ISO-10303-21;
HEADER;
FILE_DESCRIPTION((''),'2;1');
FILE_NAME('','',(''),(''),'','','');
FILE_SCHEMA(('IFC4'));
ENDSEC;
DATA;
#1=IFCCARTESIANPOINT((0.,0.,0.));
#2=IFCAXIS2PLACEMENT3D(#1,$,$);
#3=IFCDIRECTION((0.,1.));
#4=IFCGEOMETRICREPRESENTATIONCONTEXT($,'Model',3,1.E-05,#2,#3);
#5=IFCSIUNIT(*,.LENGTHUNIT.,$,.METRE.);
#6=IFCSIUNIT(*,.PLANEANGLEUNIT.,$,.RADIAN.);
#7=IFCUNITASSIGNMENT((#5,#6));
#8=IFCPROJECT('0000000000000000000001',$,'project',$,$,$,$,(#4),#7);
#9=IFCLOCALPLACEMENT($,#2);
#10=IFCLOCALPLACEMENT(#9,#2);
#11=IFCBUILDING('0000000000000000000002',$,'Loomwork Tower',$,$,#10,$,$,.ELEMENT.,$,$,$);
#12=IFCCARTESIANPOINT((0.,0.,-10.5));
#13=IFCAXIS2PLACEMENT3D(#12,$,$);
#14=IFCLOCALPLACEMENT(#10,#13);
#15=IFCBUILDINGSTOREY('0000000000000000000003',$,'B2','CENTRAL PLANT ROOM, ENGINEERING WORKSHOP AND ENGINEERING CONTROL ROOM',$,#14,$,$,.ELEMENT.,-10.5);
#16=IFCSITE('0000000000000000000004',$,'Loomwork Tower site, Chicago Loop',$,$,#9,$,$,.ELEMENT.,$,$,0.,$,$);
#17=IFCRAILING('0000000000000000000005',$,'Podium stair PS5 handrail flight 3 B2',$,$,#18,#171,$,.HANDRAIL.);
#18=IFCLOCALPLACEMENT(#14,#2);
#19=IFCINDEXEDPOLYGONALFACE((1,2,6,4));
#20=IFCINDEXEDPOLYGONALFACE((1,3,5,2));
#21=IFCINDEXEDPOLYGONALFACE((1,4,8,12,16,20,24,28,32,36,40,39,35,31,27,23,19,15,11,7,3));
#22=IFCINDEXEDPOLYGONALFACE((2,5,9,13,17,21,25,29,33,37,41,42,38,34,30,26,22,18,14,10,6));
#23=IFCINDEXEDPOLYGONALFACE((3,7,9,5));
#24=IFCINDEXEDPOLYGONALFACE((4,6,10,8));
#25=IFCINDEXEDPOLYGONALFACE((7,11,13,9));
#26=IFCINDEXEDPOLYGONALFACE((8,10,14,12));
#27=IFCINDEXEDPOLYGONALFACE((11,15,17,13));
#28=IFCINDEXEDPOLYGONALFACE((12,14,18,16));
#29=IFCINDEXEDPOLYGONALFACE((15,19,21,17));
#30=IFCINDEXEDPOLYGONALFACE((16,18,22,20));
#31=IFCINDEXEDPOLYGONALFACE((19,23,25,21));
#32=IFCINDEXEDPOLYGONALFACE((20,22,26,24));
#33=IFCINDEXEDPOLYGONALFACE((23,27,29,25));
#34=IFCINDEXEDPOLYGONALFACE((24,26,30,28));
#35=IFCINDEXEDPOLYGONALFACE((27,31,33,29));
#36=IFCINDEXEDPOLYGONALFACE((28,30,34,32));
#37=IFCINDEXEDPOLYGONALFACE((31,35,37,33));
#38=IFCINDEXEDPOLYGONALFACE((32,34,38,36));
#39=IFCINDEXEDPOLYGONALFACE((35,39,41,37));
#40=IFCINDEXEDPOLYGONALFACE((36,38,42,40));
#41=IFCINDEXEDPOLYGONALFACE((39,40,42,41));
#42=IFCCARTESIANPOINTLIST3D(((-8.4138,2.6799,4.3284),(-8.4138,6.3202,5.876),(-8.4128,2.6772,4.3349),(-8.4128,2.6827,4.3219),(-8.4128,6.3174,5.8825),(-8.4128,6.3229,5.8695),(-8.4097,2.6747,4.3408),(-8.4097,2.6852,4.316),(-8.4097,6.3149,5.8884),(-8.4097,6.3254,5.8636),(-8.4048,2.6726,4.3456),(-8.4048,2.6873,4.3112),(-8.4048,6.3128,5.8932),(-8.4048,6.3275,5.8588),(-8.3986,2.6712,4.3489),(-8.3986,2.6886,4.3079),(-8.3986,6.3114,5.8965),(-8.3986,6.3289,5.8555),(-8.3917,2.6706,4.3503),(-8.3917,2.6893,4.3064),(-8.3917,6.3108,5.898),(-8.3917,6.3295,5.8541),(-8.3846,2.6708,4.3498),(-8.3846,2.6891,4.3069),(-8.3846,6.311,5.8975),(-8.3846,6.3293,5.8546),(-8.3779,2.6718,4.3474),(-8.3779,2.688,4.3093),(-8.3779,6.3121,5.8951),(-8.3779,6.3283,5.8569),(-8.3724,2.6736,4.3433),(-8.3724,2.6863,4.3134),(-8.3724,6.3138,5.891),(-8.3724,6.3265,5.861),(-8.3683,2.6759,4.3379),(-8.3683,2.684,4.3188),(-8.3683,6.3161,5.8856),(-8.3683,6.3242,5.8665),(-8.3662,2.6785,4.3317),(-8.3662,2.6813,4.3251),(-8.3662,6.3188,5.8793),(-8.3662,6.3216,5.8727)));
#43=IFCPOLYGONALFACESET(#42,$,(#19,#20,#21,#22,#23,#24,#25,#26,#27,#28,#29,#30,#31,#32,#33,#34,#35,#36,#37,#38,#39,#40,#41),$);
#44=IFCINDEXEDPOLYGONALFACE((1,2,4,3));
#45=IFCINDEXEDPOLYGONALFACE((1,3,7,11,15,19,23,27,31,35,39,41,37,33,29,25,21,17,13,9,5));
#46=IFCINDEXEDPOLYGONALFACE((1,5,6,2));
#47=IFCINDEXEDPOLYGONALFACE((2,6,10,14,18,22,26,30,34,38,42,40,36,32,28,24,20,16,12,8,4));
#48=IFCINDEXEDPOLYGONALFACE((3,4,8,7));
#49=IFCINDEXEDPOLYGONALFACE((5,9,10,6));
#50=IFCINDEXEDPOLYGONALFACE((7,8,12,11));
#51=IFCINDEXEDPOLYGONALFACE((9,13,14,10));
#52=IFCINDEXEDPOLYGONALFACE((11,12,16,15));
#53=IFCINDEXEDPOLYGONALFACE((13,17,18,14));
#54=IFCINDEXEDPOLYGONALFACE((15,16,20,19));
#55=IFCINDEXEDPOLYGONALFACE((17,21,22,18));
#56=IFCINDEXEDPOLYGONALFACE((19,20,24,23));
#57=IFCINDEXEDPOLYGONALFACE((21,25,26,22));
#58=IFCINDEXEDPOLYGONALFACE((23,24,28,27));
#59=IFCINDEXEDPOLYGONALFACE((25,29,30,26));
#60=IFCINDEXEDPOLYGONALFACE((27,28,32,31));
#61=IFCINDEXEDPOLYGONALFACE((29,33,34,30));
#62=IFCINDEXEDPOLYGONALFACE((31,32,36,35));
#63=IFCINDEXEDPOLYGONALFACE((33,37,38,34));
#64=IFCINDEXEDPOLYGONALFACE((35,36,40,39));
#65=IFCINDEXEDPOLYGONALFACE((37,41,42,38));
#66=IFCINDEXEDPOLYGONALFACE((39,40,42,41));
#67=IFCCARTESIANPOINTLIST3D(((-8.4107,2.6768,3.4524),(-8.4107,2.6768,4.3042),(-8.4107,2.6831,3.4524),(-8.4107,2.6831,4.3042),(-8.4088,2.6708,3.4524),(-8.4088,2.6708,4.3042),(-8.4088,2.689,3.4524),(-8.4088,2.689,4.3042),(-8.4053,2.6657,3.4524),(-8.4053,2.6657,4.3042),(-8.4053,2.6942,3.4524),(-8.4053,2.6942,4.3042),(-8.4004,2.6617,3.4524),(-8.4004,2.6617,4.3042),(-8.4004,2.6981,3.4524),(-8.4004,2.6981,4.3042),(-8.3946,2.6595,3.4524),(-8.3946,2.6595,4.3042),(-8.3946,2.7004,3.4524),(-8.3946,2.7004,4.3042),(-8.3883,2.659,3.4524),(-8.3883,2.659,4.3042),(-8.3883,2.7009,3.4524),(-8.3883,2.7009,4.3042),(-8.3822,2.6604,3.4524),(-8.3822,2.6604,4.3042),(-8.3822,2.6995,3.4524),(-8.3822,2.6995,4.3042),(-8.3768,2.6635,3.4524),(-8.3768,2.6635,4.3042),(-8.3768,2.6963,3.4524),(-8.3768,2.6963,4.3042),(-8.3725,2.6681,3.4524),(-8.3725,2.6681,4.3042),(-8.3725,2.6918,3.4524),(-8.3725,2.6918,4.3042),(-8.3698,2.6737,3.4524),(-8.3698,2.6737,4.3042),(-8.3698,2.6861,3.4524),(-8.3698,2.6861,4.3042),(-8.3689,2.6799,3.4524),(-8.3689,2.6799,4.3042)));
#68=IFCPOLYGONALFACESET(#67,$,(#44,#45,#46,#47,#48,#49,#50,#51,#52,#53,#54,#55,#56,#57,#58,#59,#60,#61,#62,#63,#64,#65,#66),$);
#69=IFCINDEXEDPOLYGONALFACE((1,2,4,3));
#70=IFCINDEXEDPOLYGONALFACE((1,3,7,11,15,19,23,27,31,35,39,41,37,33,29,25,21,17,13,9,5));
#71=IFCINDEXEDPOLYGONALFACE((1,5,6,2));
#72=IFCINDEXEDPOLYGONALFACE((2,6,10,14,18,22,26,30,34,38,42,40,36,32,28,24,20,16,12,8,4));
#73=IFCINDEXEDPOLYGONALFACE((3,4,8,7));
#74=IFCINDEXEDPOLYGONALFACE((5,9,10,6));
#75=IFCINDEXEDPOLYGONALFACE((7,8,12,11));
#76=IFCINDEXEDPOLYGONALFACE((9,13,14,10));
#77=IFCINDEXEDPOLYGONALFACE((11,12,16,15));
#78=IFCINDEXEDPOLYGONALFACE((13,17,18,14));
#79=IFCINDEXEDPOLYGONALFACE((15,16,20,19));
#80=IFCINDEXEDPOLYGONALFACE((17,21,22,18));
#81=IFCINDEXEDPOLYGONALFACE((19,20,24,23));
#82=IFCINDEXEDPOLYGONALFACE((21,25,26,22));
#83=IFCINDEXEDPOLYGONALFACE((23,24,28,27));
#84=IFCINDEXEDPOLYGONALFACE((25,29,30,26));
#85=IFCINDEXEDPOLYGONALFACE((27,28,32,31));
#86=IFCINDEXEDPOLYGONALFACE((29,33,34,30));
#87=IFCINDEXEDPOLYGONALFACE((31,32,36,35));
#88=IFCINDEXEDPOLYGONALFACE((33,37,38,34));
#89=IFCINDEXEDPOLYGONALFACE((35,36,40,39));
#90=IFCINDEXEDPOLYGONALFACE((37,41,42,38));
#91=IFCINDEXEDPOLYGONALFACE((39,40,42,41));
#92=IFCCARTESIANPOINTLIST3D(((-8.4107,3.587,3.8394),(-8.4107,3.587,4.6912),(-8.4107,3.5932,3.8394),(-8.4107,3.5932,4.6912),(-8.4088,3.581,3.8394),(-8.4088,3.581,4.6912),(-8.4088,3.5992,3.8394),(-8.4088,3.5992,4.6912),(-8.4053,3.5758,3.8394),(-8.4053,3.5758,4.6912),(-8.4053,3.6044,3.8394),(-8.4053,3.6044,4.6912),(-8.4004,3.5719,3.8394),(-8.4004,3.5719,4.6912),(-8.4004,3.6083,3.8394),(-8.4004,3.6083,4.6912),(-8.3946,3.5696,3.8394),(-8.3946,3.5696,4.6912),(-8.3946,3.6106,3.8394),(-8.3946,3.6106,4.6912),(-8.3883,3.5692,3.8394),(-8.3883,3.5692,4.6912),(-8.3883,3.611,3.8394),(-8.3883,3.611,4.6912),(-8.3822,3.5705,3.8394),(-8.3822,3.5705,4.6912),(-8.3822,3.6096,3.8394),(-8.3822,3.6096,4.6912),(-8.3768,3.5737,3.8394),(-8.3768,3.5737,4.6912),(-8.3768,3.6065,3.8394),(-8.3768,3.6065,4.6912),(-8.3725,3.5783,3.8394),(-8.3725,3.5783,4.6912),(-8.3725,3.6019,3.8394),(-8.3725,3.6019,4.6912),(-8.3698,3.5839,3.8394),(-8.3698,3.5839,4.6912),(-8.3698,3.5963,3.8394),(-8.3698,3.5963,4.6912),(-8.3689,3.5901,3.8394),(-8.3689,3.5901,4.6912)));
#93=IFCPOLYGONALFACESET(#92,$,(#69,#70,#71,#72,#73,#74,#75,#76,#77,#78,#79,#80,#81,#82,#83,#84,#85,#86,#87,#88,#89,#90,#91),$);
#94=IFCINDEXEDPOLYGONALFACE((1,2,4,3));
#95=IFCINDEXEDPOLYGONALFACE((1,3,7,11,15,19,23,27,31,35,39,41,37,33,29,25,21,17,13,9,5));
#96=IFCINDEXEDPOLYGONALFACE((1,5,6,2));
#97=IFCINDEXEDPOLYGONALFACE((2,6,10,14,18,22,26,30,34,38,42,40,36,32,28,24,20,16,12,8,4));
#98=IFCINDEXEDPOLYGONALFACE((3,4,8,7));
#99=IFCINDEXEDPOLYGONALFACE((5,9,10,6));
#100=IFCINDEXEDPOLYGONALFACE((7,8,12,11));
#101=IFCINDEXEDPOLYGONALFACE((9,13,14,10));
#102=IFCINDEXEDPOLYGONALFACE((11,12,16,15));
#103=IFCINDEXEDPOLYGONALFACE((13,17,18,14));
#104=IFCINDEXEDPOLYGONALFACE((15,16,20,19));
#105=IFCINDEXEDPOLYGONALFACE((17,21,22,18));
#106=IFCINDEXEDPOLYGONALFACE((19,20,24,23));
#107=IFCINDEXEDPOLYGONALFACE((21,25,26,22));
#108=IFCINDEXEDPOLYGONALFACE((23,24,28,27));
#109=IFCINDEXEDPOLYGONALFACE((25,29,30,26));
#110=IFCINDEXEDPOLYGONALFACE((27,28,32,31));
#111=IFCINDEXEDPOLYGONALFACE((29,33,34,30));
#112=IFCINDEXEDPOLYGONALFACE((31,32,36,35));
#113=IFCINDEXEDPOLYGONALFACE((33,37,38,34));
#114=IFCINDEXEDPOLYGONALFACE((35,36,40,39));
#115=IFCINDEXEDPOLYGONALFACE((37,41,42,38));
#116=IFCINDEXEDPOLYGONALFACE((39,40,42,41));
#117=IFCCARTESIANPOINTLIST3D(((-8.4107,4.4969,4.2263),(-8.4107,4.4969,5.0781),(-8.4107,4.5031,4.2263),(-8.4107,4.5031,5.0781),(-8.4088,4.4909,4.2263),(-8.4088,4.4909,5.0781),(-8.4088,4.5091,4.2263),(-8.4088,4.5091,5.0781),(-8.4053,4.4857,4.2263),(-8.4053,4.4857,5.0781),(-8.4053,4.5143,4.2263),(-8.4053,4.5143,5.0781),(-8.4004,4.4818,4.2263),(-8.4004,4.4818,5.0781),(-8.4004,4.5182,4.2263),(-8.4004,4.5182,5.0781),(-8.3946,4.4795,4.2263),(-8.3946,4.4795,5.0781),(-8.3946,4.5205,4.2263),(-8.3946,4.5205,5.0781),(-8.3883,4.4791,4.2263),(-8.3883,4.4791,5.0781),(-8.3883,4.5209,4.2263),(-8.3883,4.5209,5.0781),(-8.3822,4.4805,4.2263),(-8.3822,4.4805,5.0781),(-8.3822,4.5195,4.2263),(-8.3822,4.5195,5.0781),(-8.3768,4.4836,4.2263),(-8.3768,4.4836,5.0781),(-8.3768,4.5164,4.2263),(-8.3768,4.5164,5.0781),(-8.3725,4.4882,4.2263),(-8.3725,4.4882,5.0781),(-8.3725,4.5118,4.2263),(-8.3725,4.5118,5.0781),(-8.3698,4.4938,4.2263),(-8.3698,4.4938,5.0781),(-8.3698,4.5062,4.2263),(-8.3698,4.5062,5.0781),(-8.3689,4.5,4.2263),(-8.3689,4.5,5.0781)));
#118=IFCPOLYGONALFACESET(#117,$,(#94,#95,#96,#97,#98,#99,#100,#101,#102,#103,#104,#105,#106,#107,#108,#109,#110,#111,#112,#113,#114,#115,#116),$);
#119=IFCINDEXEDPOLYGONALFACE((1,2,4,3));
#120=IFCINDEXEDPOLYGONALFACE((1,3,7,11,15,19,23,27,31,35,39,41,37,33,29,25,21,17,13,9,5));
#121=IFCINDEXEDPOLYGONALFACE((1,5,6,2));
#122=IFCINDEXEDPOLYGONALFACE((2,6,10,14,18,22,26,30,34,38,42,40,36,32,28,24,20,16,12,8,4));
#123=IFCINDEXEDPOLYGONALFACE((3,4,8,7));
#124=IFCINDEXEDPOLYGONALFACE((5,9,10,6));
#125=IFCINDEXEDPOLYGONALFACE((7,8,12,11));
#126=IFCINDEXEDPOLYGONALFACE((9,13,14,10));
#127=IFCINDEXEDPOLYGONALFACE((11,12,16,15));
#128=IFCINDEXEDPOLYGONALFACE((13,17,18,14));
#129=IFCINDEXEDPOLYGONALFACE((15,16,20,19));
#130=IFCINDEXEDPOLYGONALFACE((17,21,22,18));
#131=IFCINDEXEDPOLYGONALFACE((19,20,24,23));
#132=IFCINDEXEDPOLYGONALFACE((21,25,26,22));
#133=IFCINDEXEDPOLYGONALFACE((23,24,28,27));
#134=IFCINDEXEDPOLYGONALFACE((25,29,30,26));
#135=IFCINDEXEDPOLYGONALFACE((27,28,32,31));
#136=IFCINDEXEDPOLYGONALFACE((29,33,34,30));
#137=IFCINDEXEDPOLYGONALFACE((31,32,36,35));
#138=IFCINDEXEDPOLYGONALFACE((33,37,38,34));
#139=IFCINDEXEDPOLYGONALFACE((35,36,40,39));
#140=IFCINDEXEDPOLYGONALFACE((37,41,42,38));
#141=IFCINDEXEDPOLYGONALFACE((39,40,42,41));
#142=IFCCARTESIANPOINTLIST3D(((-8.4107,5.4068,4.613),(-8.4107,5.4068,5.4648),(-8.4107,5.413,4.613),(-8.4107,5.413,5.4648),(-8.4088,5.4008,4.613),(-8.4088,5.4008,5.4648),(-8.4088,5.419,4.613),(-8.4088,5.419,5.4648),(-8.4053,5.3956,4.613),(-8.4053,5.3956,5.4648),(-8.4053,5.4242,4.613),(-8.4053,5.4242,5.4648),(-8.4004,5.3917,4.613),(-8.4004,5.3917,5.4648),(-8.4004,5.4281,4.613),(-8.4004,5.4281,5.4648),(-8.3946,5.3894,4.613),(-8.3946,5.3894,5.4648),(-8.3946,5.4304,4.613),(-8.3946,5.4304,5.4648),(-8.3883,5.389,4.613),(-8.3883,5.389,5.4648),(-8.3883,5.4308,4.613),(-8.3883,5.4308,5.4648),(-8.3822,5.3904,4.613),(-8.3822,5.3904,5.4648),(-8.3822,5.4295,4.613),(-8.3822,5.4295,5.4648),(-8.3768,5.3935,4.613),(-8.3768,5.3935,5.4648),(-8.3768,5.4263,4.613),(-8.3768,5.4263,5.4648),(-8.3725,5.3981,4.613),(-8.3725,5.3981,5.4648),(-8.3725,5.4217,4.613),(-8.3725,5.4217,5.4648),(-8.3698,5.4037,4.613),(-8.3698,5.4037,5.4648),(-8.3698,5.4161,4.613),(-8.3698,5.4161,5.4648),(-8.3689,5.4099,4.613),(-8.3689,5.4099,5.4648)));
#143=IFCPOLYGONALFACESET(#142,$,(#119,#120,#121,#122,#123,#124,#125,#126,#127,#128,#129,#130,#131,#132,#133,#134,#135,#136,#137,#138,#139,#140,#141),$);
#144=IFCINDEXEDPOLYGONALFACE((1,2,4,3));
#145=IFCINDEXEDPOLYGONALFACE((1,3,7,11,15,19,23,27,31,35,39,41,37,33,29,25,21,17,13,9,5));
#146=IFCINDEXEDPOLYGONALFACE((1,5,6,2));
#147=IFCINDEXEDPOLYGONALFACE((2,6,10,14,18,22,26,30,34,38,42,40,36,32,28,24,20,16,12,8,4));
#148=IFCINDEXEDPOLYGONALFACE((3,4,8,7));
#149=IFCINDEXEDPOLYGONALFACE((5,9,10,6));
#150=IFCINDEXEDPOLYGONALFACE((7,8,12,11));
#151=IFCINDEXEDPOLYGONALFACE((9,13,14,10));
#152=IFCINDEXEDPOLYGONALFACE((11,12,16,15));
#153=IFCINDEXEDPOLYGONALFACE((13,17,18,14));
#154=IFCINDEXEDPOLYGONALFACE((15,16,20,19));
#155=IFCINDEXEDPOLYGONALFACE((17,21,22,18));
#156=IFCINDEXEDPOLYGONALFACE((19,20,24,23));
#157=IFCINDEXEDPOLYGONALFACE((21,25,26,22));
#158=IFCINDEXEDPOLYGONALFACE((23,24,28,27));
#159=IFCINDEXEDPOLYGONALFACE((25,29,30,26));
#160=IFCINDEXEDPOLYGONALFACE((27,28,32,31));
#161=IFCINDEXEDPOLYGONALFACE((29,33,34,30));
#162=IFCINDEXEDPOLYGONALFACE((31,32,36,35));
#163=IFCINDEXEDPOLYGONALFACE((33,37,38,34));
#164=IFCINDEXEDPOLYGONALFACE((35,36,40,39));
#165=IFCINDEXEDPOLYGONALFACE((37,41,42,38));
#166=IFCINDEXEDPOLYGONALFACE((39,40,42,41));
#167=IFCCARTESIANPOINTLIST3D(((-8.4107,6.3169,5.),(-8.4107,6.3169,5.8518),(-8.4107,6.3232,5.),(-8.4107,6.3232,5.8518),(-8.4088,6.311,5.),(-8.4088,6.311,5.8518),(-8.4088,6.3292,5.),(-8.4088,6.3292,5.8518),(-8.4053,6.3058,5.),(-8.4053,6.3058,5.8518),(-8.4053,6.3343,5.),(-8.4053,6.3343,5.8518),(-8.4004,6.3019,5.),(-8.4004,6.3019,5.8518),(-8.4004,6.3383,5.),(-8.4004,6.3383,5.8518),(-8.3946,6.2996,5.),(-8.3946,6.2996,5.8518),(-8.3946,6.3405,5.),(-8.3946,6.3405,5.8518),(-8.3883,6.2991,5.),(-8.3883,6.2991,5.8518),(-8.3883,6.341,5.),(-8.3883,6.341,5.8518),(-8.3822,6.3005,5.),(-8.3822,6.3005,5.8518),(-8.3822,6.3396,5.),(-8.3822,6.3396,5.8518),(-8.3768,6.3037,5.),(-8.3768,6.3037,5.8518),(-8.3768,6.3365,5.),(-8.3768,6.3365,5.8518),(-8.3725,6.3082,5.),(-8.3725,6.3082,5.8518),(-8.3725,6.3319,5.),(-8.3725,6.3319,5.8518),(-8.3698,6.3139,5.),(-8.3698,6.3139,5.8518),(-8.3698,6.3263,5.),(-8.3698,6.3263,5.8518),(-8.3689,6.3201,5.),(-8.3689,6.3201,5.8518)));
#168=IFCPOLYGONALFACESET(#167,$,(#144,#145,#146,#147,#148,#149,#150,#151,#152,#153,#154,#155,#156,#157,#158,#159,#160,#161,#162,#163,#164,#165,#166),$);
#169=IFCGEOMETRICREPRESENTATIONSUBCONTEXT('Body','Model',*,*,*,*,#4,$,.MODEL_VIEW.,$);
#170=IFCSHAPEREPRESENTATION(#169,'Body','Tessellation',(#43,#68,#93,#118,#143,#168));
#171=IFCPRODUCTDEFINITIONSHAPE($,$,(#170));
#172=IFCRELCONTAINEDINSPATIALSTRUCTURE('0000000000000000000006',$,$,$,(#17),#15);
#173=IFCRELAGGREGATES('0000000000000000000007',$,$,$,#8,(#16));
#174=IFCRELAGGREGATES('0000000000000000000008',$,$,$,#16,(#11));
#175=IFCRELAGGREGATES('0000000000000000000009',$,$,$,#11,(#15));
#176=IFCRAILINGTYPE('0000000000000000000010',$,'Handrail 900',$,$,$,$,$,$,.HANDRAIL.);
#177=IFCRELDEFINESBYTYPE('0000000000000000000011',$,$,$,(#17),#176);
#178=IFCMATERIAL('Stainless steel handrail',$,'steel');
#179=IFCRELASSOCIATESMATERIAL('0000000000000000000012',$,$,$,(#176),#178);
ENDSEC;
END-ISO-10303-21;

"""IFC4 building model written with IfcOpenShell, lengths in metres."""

from ifc_helpers import new_model, si_unit, direction, frame, origin, origin_2d, place, context, subcontext, project, spatial, circle, extrude, material, type_object, element, save


model = new_model("IFC4")

# Units and contexts
model_context = context("Model", 3, precision=1e-05, world=origin(), true_north=direction((0.0, 1.0)))
body_context = subcontext(model_context, "Body", "Model", "MODEL_VIEW")
ifc_project = project(units=[si_unit("LENGTHUNIT", "METRE"), si_unit("PLANEANGLEUNIT", "RADIAN")], contexts=[model_context])

# Site, building, storey
site_placement = place(None, origin())
site = spatial("IfcSite", under=ifc_project, at=site_placement, Name="Loomwork Tower site, Chicago Loop", CompositionType="ELEMENT", RefElevation=0.0)
building_placement = place(site_placement, origin())
building = spatial("IfcBuilding", under=site, at=building_placement, Name="Loomwork Tower", CompositionType="ELEMENT")
storey_placement = place(building_placement, frame((0.0, 0.0, -10.5)))
storey = spatial("IfcBuildingStorey", under=building, at=storey_placement, Name="B2", Description="CENTRAL PLANT ROOM, ENGINEERING WORKSHOP AND ENGINEERING CONTROL ROOM", CompositionType="ELEMENT", Elevation=-10.5)

# Railing
ifc_material_1 = material(Name="Stainless steel handrail", Category="steel")
railing_type = type_object("IfcRailingType", Name="Handrail 900", PredefinedType="HANDRAIL", material=ifc_material_1)
railing_1_placement = place(storey_placement, frame((-8.3899, 2.6799, 3.4524)))
element("IfcRailing", 1, at=railing_1_placement, inside=storey, type_object=railing_type, Name="Podium stair PS5 handrail flight 3 B2", PredefinedType="HANDRAIL", context=body_context, shape_type="SweptSolid", body=[
    extrude(circle(Radius=0.0239, at=origin_2d()), frame((0.0, 0.0, 0.876), z_axis=(0.0, 0.920281, 0.391258), x_axis=(-1.0, 0.0, 0.0)), (0.0, 0.0, 1.0), 3.9556),
    extrude(circle(Radius=0.021, at=origin_2d()), origin(), (0.0, 0.0, 1.0), 0.8518),
    extrude(circle(Radius=0.021, at=origin_2d()), frame((0.0, 0.9102, 0.387)), (0.0, 0.0, 1.0), 0.8518),
    extrude(circle(Radius=0.021, at=origin_2d()), frame((0.0, 1.8201, 0.7739)), (0.0, 0.0, 1.0), 0.8518),
    extrude(circle(Radius=0.021, at=origin_2d()), frame((0.0, 2.73, 1.1606)), (0.0, 0.0, 1.0), 0.8518),
    extrude(circle(Radius=0.021, at=origin_2d()), frame((0.0, 3.6401, 1.5476)), (0.0, 0.0, 1.0), 0.8518),
])

save(model, "model.ifc")
